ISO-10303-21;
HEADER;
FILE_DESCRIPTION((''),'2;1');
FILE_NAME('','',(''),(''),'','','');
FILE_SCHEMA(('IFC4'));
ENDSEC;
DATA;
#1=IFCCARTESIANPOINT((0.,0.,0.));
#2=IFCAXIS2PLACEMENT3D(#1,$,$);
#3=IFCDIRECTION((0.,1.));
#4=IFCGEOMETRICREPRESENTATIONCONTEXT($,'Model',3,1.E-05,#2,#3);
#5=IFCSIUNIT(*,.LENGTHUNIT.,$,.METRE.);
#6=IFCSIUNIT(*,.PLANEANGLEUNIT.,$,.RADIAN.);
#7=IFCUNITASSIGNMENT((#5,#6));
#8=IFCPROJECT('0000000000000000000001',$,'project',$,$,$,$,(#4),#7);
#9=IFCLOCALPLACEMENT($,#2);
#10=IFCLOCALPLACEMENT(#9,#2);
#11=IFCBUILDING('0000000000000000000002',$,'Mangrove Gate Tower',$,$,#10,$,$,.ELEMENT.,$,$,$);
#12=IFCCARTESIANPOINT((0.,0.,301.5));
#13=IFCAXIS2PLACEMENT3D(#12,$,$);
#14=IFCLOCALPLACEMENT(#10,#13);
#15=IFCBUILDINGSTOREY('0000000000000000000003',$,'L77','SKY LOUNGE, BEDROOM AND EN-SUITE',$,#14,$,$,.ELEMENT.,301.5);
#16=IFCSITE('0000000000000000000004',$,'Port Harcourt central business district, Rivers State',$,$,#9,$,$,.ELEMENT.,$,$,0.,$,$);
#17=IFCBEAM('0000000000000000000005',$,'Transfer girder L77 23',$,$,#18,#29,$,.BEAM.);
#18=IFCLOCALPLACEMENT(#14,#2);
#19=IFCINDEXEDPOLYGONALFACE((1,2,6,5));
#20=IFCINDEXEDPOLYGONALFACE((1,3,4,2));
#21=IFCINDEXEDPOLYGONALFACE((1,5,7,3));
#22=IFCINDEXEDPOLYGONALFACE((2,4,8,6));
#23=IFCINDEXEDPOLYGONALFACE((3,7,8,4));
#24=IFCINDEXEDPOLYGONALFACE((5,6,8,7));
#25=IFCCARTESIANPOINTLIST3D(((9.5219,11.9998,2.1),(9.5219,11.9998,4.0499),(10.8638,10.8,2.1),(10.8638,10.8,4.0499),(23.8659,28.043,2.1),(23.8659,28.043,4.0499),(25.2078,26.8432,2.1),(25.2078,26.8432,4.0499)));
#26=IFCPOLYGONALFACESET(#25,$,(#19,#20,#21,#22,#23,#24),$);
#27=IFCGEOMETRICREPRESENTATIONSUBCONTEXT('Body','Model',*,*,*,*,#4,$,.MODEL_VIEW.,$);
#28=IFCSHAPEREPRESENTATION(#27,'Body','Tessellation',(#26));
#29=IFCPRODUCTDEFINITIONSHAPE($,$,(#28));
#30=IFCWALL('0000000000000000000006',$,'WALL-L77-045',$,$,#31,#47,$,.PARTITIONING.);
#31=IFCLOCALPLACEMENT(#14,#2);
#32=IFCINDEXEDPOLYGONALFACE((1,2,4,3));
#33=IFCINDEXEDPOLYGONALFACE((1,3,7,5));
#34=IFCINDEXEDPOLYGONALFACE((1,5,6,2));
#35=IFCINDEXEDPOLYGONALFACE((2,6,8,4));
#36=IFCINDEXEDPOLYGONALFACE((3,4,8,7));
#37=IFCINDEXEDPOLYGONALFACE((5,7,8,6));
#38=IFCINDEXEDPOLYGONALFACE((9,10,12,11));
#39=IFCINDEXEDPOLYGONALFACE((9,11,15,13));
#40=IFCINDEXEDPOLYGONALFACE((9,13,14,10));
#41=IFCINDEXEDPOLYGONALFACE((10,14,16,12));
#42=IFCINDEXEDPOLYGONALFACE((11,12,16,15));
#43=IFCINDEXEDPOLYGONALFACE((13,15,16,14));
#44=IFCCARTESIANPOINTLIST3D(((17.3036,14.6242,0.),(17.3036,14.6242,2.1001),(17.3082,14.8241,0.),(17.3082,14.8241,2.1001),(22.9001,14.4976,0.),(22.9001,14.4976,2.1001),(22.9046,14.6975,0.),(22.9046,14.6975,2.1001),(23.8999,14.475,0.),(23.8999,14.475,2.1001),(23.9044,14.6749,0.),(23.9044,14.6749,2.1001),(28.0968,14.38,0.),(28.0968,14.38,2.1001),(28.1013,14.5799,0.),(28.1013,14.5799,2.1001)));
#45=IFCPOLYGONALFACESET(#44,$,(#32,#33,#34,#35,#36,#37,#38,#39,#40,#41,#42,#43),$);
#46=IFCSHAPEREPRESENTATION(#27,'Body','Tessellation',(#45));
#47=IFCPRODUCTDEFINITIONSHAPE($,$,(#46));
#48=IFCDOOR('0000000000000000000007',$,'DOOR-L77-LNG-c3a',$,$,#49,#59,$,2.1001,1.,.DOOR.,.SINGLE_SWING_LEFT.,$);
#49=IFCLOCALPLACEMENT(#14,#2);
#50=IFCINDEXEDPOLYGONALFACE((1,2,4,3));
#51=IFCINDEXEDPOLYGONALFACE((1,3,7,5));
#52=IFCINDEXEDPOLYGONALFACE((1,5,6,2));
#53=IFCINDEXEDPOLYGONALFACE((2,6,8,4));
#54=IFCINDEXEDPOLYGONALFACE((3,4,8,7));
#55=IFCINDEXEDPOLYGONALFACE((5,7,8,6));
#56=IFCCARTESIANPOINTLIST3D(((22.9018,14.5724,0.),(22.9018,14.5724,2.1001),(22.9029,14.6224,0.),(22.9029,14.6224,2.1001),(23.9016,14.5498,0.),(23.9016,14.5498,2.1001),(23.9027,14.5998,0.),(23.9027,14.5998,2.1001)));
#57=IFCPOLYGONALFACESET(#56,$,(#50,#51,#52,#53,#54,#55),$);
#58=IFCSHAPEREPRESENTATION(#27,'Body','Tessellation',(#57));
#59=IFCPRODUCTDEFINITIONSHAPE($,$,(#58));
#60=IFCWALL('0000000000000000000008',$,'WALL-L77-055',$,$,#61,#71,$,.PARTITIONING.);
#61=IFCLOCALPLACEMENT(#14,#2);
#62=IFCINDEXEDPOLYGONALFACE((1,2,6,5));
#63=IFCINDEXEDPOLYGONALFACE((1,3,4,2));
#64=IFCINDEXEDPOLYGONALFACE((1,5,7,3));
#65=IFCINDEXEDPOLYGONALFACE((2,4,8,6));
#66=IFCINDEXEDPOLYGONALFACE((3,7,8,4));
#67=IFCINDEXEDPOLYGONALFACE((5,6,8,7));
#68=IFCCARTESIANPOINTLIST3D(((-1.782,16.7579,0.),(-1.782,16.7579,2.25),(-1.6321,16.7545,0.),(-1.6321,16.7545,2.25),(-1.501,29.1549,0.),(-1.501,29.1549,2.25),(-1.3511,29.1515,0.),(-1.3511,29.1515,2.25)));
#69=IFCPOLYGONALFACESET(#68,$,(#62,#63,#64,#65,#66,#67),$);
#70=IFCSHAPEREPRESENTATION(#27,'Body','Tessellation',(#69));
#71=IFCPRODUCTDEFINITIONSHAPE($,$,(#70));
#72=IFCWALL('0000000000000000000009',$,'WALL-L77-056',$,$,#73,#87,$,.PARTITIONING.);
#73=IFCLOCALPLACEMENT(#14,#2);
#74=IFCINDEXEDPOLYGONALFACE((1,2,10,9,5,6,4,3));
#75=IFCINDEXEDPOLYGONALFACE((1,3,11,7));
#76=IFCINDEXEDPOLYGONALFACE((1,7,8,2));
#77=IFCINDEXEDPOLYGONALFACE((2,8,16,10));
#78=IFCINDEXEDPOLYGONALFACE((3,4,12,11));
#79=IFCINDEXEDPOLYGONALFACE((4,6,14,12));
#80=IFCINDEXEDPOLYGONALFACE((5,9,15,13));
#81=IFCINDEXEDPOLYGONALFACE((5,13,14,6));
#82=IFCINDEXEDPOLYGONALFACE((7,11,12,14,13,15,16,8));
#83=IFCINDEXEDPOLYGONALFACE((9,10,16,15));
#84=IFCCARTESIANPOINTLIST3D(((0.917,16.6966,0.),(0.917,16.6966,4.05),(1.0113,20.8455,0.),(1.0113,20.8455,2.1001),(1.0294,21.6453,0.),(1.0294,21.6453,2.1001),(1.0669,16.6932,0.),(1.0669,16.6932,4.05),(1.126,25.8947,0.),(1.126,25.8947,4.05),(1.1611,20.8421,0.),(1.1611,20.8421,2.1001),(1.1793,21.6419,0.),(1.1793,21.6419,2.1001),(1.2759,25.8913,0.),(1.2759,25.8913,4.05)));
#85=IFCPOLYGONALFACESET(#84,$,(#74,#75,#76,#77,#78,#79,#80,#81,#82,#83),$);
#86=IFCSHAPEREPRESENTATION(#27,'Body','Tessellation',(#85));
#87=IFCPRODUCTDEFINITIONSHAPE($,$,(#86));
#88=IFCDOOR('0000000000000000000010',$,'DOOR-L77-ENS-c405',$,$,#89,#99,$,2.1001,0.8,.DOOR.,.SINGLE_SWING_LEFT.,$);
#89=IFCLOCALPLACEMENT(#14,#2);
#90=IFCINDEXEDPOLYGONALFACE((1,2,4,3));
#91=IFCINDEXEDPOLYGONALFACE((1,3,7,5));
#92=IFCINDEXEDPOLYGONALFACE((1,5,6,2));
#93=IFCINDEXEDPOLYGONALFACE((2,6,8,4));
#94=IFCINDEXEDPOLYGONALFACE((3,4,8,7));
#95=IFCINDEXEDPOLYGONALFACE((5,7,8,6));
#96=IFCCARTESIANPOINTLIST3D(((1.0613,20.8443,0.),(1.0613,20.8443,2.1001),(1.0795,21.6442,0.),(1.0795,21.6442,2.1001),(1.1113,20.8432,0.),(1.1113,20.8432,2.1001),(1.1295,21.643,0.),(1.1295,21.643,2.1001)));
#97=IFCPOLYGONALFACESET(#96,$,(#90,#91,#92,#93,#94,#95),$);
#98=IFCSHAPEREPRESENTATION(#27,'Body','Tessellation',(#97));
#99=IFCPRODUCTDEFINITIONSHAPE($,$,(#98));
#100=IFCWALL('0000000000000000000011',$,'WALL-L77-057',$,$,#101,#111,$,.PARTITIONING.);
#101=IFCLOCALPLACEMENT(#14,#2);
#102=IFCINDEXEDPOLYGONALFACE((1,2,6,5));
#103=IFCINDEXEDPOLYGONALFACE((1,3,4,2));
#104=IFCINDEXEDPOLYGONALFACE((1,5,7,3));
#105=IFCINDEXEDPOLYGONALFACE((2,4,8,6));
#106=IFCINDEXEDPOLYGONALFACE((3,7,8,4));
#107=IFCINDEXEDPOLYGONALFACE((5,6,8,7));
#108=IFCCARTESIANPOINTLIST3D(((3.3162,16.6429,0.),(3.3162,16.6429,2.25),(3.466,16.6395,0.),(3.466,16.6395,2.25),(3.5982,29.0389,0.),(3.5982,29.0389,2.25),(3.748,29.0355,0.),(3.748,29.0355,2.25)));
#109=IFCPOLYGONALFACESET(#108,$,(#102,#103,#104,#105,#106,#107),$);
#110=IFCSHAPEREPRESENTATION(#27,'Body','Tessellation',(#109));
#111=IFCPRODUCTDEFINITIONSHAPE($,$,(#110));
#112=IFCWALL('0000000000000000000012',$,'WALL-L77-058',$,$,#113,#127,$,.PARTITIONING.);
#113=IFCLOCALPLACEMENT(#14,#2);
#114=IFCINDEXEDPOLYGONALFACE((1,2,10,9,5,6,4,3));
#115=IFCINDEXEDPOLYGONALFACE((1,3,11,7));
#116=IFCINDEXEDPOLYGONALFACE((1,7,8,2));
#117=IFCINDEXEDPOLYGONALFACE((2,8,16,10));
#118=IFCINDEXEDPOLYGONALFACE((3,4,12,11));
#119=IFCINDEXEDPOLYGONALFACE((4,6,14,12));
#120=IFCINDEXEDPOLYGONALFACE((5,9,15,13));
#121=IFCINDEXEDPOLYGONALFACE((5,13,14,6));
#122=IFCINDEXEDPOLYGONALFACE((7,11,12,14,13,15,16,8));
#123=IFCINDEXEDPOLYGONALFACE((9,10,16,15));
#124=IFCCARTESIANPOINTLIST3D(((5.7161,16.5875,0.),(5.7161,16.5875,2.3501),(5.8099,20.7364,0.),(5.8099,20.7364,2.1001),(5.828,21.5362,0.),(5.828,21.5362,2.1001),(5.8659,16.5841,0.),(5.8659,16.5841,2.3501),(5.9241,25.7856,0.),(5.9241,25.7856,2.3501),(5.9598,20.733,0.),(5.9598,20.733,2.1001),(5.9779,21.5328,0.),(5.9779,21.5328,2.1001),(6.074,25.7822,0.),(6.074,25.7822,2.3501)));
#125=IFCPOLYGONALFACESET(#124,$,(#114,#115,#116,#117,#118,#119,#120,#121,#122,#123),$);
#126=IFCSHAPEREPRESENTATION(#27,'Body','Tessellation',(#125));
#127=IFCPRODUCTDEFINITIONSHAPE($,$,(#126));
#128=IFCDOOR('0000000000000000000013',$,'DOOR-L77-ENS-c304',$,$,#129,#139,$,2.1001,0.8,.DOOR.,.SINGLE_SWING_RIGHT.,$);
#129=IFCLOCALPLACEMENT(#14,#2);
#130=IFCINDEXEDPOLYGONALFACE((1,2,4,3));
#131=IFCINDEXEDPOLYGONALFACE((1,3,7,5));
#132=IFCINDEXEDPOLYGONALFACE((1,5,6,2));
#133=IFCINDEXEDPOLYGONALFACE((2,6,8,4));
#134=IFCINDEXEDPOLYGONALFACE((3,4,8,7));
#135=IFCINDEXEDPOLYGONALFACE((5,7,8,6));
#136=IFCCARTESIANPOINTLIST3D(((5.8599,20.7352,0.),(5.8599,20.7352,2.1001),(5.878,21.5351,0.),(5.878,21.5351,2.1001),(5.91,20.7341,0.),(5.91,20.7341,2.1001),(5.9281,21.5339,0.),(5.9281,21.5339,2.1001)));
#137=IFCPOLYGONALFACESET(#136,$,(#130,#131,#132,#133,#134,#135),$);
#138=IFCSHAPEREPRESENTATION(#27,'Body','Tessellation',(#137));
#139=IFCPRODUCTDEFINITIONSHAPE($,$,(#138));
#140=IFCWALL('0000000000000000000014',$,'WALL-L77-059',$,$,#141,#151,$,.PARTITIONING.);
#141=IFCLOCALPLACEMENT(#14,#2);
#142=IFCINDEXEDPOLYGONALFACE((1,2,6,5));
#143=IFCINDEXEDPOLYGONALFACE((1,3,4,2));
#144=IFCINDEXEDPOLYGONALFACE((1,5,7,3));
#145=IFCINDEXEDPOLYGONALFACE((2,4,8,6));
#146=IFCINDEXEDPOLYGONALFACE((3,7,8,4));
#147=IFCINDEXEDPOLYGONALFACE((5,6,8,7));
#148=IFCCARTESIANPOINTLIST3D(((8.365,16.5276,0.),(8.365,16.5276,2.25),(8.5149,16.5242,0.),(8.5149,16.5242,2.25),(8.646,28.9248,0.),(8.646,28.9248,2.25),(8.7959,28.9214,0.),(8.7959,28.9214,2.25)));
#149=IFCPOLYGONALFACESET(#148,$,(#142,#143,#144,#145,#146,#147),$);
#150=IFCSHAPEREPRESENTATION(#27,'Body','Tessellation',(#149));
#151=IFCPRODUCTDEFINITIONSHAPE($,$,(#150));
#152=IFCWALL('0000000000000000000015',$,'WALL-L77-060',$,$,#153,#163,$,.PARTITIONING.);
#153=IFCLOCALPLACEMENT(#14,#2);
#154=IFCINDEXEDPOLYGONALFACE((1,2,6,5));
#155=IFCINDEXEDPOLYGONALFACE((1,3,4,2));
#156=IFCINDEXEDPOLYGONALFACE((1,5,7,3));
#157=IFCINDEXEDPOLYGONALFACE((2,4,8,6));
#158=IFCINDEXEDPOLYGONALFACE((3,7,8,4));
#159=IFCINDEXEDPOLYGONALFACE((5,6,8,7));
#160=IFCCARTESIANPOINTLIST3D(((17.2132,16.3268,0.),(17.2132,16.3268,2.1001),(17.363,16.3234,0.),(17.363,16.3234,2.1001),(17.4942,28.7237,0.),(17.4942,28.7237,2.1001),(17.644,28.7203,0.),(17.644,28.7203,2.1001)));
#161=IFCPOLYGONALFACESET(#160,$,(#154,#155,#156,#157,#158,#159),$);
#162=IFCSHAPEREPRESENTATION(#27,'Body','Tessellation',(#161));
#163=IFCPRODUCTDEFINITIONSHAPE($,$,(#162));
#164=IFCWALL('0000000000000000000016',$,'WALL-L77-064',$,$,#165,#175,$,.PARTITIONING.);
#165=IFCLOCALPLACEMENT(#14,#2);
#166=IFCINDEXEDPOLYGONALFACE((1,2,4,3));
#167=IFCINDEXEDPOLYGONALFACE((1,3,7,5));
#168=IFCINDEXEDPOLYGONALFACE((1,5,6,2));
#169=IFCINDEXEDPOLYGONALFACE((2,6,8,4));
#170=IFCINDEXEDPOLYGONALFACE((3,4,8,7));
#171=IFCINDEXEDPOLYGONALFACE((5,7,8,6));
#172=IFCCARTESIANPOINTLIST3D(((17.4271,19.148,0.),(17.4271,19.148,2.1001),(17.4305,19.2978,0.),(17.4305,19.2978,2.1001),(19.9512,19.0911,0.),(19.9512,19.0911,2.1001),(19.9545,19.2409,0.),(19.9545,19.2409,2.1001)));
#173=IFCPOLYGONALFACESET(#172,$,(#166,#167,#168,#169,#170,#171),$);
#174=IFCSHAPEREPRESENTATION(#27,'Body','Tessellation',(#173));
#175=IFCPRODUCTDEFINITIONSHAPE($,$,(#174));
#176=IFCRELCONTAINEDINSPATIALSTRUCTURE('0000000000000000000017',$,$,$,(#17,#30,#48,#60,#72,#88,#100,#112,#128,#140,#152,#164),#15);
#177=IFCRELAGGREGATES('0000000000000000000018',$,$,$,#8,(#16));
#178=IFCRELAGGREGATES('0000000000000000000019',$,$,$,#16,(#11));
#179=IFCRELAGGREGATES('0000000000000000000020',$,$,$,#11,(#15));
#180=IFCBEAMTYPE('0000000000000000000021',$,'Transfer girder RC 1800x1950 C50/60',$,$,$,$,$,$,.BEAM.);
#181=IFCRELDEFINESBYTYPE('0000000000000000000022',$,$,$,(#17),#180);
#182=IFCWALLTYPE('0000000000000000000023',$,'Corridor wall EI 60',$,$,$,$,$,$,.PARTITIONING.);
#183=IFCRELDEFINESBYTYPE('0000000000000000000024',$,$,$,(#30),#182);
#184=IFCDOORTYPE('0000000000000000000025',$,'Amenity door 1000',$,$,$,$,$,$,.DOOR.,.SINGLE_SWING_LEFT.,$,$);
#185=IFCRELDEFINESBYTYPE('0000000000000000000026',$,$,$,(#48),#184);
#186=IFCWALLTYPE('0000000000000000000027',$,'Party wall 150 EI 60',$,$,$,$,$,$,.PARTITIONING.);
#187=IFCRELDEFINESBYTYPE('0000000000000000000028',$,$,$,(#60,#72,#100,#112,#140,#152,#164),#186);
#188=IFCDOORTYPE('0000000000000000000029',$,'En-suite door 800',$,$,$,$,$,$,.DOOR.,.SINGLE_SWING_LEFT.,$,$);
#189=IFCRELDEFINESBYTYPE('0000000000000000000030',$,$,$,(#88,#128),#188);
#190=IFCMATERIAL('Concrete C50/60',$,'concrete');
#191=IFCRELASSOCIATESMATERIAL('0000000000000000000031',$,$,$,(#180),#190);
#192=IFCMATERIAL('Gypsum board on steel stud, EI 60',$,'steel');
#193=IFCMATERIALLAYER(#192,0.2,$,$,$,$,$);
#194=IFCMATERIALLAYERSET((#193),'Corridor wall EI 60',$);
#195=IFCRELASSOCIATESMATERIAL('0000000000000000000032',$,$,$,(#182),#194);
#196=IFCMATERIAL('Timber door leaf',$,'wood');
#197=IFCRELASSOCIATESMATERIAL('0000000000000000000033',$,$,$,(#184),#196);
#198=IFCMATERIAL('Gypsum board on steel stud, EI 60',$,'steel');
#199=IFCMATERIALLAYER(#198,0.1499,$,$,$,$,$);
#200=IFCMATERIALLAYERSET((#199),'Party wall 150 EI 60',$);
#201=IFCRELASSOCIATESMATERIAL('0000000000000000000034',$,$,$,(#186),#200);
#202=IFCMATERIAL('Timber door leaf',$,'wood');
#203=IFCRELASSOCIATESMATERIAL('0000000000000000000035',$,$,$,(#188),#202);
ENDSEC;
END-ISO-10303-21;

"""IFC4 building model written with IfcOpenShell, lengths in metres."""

from ifc_helpers import new_model, si_unit, direction, frame, frame_2d, origin, origin_2d, place, context, subcontext, project, spatial, rectangle, extrude, material, layer, layer_set, material_profile, profile_set, type_object, element, fill, save


model = new_model("IFC4")

# Units and contexts
model_context = context("Model", 3, precision=1e-05, world=origin(), true_north=direction((0.0, 1.0)))
body_context = subcontext(model_context, "Body", "Model", "MODEL_VIEW")
ifc_project = project(units=[si_unit("LENGTHUNIT", "METRE"), si_unit("PLANEANGLEUNIT", "RADIAN")], contexts=[model_context])

# Site, building, storey
site_placement = place(None, origin())
site = spatial("IfcSite", under=ifc_project, at=site_placement, Name="Port Harcourt central business district, Rivers State", CompositionType="ELEMENT", RefElevation=0.0)
building_placement = place(site_placement, origin())
building = spatial("IfcBuilding", under=site, at=building_placement, Name="Mangrove Gate Tower", CompositionType="ELEMENT")
storey_placement = place(building_placement, frame((0.0, 0.0, 301.5)))
storey = spatial("IfcBuildingStorey", under=building, at=storey_placement, Name="L77", Description="SKY LOUNGE, BEDROOM AND EN-SUITE", CompositionType="ELEMENT", Elevation=301.5)

# Beam
ifc_material_1 = material(Name="Concrete C50/60", Category="concrete")
ifc_material_profile_1 = material_profile(ifc_material_1, rectangle(XDim=1.8, YDim=1.95, at=origin_2d()))
ifc_profile_set_1 = profile_set([ifc_material_profile_1], Name="Concrete C50/60")
beam_type_1 = type_object("IfcBeamType", Name="Transfer girder RC 1800x1950 C50/60", PredefinedType="BEAM", material=ifc_profile_set_1)
beam_1_placement = place(storey_placement, frame((10.1929, 11.3999, 3.075), z_axis=(0.666525, 0.745483, 0.0), x_axis=(-0.745483, 0.666525, 0.0)))
element("IfcBeam", 1, at=beam_1_placement, inside=storey, type_object=beam_type_1, Name="Transfer girder L77 23", PredefinedType="BEAM", context=body_context, shape_type="SweptSolid", body=[
    extrude(rectangle(XDim=1.8, YDim=1.95, at=origin_2d()), origin(), (0.0, 0.0, 1.0), 21.5205),
])

# Wall, opening, door
ifc_material_2 = material(Name="Gypsum board on steel stud, EI 60", Category="steel")
ifc_layer_1 = layer(ifc_material_2, 0.2)
ifc_layer_set_1 = layer_set([ifc_layer_1], Name="Corridor wall EI 60")
wall_type_1 = type_object("IfcWallType", Name="Corridor wall EI 60", PredefinedType="PARTITIONING", material=ifc_layer_set_1)
wall_1_placement = place(storey_placement, frame((17.3059, 14.7241, 0.0), z_axis=(0.0, 0.0, 1.0), x_axis=(0.999744, -0.022614, 0.0)))
wall_1 = element("IfcWall", 2, at=wall_1_placement, inside=storey, type_object=wall_type_1, Name="WALL-L77-045", PredefinedType="PARTITIONING", context=body_context, shape_type="SweptSolid", body=[
    extrude(rectangle(XDim=10.7959, YDim=0.2, at=frame_2d((5.3979, 0.0))), origin(), (0.0, 0.0, 1.0), 2.1001),
])
opening_1_placement = place(wall_1_placement, frame((5.5979, 0.0, 0.0)))
opening_1 = element("IfcOpeningElement", 3, at=opening_1_placement, cuts=wall_1, PredefinedType="OPENING", context=body_context, shape_type="SweptSolid", body=[
    extrude(rectangle(XDim=1.0, YDim=2.1001, at=frame_2d((0.5, 1.05))), frame((0.0, 0.1099, 0.0), z_axis=(0.0, -1.0, 0.0), x_axis=(1.0, 0.0, 0.0)), (0.0, 0.0, 1.0), 0.22),
])
ifc_material_3 = material(Name="Timber door leaf", Category="wood")
door_type_1 = type_object("IfcDoorType", Name="Amenity door 1000", OperationType="SINGLE_SWING_LEFT", PredefinedType="DOOR", material=ifc_material_3)
door_1_placement = place(opening_1_placement, origin())
door_1 = element("IfcDoor", 4, at=door_1_placement, inside=storey, type_object=door_type_1, Name="DOOR-L77-LNG-c3a", OperationType="SINGLE_SWING_LEFT", OverallHeight=2.1001, OverallWidth=1.0, PredefinedType="DOOR", context=body_context, shape_type="SweptSolid", body=[
    extrude(rectangle(XDim=1.0, YDim=2.1001, at=frame_2d((0.5, 1.05))), frame((0.0, 0.0249, 0.0), z_axis=(0.0, -1.0, 0.0), x_axis=(1.0, 0.0, 0.0)), (0.0, 0.0, 1.0), 0.05),
])
fill(opening_1, door_1)

# Wall
ifc_material_4 = material(Name="Gypsum board on steel stud, EI 60", Category="steel")
ifc_layer_2 = layer(ifc_material_4, 0.1499)
ifc_layer_set_2 = layer_set([ifc_layer_2], Name="Party wall 150 EI 60")
wall_type_2 = type_object("IfcWallType", Name="Party wall 150 EI 60", PredefinedType="PARTITIONING", material=ifc_layer_set_2)
wall_2_placement = place(storey_placement, frame((-1.707, 16.7561, 0.0), z_axis=(0.0, 0.0, 1.0), x_axis=(0.022661, 0.999743, 0.0)))
element("IfcWall", 5, at=wall_2_placement, inside=storey, type_object=wall_type_2, Name="WALL-L77-055", PredefinedType="PARTITIONING", context=body_context, shape_type="SweptSolid", body=[
    extrude(rectangle(XDim=12.4001, YDim=0.1499, at=frame_2d((6.2002, 0.0))), origin(), (0.0, 0.0, 1.0), 2.25),
])

# Wall, opening, door
wall_3_placement = place(storey_placement, frame((0.9919, 16.6951, 0.0), z_axis=(0.0, 0.0, 1.0), x_axis=(0.022715, 0.999742, 0.0)))
wall_3 = element("IfcWall", 6, at=wall_3_placement, inside=storey, type_object=wall_type_2, Name="WALL-L77-056", PredefinedType="PARTITIONING", context=body_context, shape_type="SweptSolid", body=[
    extrude(rectangle(XDim=9.2004, YDim=0.1499, at=frame_2d((4.6001, 0.0))), origin(), (0.0, 0.0, 1.0), 4.05),
])
opening_2_placement = place(wall_3_placement, frame((4.1499, 0.0, 0.0)))
opening_2 = element("IfcOpeningElement", 7, at=opening_2_placement, cuts=wall_3, PredefinedType="OPENING", context=body_context, shape_type="SweptSolid", body=[
    extrude(rectangle(XDim=0.8, YDim=2.1001, at=frame_2d((0.3999, 1.05))), frame((0.0, 0.085, 0.0), z_axis=(0.0, -1.0, 0.0), x_axis=(1.0, 0.0, 0.0)), (0.0, 0.0, 1.0), 0.1699),
])
ifc_material_5 = material(Name="Timber door leaf", Category="wood")
door_type_2 = type_object("IfcDoorType", Name="En-suite door 800", OperationType="SINGLE_SWING_LEFT", PredefinedType="DOOR", material=ifc_material_5)
door_2_placement = place(opening_2_placement, origin())
door_2 = element("IfcDoor", 8, at=door_2_placement, inside=storey, type_object=door_type_2, Name="DOOR-L77-ENS-c405", OperationType="SINGLE_SWING_LEFT", OverallHeight=2.1001, OverallWidth=0.8, PredefinedType="DOOR", context=body_context, shape_type="SweptSolid", body=[
    extrude(rectangle(XDim=0.8, YDim=2.1001, at=frame_2d((0.3999, 1.05))), frame((0.0, 0.0249, 0.0), z_axis=(0.0, -1.0, 0.0), x_axis=(1.0, 0.0, 0.0)), (0.0, 0.0, 1.0), 0.05),
])
fill(opening_2, door_2)

# Wall
wall_4_placement = place(storey_placement, frame((3.3911, 16.6411, 0.0), z_axis=(0.0, 0.0, 1.0), x_axis=(0.022742, 0.999741, 0.0)))
element("IfcWall", 9, at=wall_4_placement, inside=storey, type_object=wall_type_2, Name="WALL-L77-057", PredefinedType="PARTITIONING", context=body_context, shape_type="SweptSolid", body=[
    extrude(rectangle(XDim=12.3992, YDim=0.1499, at=frame_2d((6.1997, 0.0))), origin(), (0.0, 0.0, 1.0), 2.25),
])

# Wall, opening, door
wall_5_placement = place(storey_placement, frame((5.791, 16.5859, 0.0), z_axis=(0.0, 0.0, 1.0), x_axis=(0.022609, 0.999744, 0.0)))
wall_5 = element("IfcWall", 10, at=wall_5_placement, inside=storey, type_object=wall_type_2, Name="WALL-L77-058", PredefinedType="PARTITIONING", context=body_context, shape_type="SweptSolid", body=[
    extrude(rectangle(XDim=9.2004, YDim=0.1499, at=frame_2d((4.6001, 0.0))), origin(), (0.0, 0.0, 1.0), 2.3501),
])
opening_3_placement = place(wall_5_placement, frame((4.1499, 0.0, 0.0)))
opening_3 = element("IfcOpeningElement", 11, at=opening_3_placement, cuts=wall_5, PredefinedType="OPENING", context=body_context, shape_type="SweptSolid", body=[
    extrude(rectangle(XDim=0.8, YDim=2.1001, at=frame_2d((0.3999, 1.05))), frame((0.0, 0.085, 0.0), z_axis=(0.0, -1.0, 0.0), x_axis=(1.0, 0.0, 0.0)), (0.0, 0.0, 1.0), 0.1699),
])
door_3_placement = place(opening_3_placement, origin())
door_3 = element("IfcDoor", 12, at=door_3_placement, inside=storey, type_object=door_type_2, Name="DOOR-L77-ENS-c304", OperationType="SINGLE_SWING_RIGHT", OverallHeight=2.1001, OverallWidth=0.8, PredefinedType="DOOR", context=body_context, shape_type="SweptSolid", body=[
    extrude(rectangle(XDim=0.8, YDim=2.1001, at=frame_2d((0.3999, 1.05))), frame((0.0, 0.0249, 0.0), z_axis=(0.0, -1.0, 0.0), x_axis=(1.0, 0.0, 0.0)), (0.0, 0.0, 1.0), 0.05),
])
fill(opening_3, door_3)

# Walls
wall_6_placement = place(storey_placement, frame((8.4399, 16.5259, 0.0), z_axis=(0.0, 0.0, 1.0), x_axis=(0.022661, 0.999743, 0.0)))
element("IfcWall", 13, at=wall_6_placement, inside=storey, type_object=wall_type_2, Name="WALL-L77-059", PredefinedType="PARTITIONING", context=body_context, shape_type="SweptSolid", body=[
    extrude(rectangle(XDim=12.4004, YDim=0.1499, at=frame_2d((6.2002, 0.0))), origin(), (0.0, 0.0, 1.0), 2.25),
])
wall_7_placement = place(storey_placement, frame((17.2881, 16.325, 0.0), z_axis=(0.0, 0.0, 1.0), x_axis=(0.022661, 0.999743, 0.0)))
element("IfcWall", 14, at=wall_7_placement, inside=storey, type_object=wall_type_2, Name="WALL-L77-060", PredefinedType="PARTITIONING", context=body_context, shape_type="SweptSolid", body=[
    extrude(rectangle(XDim=12.4001, YDim=0.1499, at=frame_2d((6.2002, 0.0))), origin(), (0.0, 0.0, 1.0), 2.1001),
])
wall_8_placement = place(storey_placement, frame((17.429, 19.2229, 0.0), z_axis=(0.0, 0.0, 1.0), x_axis=(0.999746, -0.022532, 0.0)))
element("IfcWall", 15, at=wall_8_placement, inside=storey, type_object=wall_type_2, Name="WALL-L77-064", PredefinedType="PARTITIONING", context=body_context, shape_type="SweptSolid", body=[
    extrude(rectangle(XDim=2.5247, YDim=0.1499, at=frame_2d((1.2622, 0.0))), origin(), (0.0, 0.0, 1.0), 2.1001),
])

save(model, "model.ifc")
